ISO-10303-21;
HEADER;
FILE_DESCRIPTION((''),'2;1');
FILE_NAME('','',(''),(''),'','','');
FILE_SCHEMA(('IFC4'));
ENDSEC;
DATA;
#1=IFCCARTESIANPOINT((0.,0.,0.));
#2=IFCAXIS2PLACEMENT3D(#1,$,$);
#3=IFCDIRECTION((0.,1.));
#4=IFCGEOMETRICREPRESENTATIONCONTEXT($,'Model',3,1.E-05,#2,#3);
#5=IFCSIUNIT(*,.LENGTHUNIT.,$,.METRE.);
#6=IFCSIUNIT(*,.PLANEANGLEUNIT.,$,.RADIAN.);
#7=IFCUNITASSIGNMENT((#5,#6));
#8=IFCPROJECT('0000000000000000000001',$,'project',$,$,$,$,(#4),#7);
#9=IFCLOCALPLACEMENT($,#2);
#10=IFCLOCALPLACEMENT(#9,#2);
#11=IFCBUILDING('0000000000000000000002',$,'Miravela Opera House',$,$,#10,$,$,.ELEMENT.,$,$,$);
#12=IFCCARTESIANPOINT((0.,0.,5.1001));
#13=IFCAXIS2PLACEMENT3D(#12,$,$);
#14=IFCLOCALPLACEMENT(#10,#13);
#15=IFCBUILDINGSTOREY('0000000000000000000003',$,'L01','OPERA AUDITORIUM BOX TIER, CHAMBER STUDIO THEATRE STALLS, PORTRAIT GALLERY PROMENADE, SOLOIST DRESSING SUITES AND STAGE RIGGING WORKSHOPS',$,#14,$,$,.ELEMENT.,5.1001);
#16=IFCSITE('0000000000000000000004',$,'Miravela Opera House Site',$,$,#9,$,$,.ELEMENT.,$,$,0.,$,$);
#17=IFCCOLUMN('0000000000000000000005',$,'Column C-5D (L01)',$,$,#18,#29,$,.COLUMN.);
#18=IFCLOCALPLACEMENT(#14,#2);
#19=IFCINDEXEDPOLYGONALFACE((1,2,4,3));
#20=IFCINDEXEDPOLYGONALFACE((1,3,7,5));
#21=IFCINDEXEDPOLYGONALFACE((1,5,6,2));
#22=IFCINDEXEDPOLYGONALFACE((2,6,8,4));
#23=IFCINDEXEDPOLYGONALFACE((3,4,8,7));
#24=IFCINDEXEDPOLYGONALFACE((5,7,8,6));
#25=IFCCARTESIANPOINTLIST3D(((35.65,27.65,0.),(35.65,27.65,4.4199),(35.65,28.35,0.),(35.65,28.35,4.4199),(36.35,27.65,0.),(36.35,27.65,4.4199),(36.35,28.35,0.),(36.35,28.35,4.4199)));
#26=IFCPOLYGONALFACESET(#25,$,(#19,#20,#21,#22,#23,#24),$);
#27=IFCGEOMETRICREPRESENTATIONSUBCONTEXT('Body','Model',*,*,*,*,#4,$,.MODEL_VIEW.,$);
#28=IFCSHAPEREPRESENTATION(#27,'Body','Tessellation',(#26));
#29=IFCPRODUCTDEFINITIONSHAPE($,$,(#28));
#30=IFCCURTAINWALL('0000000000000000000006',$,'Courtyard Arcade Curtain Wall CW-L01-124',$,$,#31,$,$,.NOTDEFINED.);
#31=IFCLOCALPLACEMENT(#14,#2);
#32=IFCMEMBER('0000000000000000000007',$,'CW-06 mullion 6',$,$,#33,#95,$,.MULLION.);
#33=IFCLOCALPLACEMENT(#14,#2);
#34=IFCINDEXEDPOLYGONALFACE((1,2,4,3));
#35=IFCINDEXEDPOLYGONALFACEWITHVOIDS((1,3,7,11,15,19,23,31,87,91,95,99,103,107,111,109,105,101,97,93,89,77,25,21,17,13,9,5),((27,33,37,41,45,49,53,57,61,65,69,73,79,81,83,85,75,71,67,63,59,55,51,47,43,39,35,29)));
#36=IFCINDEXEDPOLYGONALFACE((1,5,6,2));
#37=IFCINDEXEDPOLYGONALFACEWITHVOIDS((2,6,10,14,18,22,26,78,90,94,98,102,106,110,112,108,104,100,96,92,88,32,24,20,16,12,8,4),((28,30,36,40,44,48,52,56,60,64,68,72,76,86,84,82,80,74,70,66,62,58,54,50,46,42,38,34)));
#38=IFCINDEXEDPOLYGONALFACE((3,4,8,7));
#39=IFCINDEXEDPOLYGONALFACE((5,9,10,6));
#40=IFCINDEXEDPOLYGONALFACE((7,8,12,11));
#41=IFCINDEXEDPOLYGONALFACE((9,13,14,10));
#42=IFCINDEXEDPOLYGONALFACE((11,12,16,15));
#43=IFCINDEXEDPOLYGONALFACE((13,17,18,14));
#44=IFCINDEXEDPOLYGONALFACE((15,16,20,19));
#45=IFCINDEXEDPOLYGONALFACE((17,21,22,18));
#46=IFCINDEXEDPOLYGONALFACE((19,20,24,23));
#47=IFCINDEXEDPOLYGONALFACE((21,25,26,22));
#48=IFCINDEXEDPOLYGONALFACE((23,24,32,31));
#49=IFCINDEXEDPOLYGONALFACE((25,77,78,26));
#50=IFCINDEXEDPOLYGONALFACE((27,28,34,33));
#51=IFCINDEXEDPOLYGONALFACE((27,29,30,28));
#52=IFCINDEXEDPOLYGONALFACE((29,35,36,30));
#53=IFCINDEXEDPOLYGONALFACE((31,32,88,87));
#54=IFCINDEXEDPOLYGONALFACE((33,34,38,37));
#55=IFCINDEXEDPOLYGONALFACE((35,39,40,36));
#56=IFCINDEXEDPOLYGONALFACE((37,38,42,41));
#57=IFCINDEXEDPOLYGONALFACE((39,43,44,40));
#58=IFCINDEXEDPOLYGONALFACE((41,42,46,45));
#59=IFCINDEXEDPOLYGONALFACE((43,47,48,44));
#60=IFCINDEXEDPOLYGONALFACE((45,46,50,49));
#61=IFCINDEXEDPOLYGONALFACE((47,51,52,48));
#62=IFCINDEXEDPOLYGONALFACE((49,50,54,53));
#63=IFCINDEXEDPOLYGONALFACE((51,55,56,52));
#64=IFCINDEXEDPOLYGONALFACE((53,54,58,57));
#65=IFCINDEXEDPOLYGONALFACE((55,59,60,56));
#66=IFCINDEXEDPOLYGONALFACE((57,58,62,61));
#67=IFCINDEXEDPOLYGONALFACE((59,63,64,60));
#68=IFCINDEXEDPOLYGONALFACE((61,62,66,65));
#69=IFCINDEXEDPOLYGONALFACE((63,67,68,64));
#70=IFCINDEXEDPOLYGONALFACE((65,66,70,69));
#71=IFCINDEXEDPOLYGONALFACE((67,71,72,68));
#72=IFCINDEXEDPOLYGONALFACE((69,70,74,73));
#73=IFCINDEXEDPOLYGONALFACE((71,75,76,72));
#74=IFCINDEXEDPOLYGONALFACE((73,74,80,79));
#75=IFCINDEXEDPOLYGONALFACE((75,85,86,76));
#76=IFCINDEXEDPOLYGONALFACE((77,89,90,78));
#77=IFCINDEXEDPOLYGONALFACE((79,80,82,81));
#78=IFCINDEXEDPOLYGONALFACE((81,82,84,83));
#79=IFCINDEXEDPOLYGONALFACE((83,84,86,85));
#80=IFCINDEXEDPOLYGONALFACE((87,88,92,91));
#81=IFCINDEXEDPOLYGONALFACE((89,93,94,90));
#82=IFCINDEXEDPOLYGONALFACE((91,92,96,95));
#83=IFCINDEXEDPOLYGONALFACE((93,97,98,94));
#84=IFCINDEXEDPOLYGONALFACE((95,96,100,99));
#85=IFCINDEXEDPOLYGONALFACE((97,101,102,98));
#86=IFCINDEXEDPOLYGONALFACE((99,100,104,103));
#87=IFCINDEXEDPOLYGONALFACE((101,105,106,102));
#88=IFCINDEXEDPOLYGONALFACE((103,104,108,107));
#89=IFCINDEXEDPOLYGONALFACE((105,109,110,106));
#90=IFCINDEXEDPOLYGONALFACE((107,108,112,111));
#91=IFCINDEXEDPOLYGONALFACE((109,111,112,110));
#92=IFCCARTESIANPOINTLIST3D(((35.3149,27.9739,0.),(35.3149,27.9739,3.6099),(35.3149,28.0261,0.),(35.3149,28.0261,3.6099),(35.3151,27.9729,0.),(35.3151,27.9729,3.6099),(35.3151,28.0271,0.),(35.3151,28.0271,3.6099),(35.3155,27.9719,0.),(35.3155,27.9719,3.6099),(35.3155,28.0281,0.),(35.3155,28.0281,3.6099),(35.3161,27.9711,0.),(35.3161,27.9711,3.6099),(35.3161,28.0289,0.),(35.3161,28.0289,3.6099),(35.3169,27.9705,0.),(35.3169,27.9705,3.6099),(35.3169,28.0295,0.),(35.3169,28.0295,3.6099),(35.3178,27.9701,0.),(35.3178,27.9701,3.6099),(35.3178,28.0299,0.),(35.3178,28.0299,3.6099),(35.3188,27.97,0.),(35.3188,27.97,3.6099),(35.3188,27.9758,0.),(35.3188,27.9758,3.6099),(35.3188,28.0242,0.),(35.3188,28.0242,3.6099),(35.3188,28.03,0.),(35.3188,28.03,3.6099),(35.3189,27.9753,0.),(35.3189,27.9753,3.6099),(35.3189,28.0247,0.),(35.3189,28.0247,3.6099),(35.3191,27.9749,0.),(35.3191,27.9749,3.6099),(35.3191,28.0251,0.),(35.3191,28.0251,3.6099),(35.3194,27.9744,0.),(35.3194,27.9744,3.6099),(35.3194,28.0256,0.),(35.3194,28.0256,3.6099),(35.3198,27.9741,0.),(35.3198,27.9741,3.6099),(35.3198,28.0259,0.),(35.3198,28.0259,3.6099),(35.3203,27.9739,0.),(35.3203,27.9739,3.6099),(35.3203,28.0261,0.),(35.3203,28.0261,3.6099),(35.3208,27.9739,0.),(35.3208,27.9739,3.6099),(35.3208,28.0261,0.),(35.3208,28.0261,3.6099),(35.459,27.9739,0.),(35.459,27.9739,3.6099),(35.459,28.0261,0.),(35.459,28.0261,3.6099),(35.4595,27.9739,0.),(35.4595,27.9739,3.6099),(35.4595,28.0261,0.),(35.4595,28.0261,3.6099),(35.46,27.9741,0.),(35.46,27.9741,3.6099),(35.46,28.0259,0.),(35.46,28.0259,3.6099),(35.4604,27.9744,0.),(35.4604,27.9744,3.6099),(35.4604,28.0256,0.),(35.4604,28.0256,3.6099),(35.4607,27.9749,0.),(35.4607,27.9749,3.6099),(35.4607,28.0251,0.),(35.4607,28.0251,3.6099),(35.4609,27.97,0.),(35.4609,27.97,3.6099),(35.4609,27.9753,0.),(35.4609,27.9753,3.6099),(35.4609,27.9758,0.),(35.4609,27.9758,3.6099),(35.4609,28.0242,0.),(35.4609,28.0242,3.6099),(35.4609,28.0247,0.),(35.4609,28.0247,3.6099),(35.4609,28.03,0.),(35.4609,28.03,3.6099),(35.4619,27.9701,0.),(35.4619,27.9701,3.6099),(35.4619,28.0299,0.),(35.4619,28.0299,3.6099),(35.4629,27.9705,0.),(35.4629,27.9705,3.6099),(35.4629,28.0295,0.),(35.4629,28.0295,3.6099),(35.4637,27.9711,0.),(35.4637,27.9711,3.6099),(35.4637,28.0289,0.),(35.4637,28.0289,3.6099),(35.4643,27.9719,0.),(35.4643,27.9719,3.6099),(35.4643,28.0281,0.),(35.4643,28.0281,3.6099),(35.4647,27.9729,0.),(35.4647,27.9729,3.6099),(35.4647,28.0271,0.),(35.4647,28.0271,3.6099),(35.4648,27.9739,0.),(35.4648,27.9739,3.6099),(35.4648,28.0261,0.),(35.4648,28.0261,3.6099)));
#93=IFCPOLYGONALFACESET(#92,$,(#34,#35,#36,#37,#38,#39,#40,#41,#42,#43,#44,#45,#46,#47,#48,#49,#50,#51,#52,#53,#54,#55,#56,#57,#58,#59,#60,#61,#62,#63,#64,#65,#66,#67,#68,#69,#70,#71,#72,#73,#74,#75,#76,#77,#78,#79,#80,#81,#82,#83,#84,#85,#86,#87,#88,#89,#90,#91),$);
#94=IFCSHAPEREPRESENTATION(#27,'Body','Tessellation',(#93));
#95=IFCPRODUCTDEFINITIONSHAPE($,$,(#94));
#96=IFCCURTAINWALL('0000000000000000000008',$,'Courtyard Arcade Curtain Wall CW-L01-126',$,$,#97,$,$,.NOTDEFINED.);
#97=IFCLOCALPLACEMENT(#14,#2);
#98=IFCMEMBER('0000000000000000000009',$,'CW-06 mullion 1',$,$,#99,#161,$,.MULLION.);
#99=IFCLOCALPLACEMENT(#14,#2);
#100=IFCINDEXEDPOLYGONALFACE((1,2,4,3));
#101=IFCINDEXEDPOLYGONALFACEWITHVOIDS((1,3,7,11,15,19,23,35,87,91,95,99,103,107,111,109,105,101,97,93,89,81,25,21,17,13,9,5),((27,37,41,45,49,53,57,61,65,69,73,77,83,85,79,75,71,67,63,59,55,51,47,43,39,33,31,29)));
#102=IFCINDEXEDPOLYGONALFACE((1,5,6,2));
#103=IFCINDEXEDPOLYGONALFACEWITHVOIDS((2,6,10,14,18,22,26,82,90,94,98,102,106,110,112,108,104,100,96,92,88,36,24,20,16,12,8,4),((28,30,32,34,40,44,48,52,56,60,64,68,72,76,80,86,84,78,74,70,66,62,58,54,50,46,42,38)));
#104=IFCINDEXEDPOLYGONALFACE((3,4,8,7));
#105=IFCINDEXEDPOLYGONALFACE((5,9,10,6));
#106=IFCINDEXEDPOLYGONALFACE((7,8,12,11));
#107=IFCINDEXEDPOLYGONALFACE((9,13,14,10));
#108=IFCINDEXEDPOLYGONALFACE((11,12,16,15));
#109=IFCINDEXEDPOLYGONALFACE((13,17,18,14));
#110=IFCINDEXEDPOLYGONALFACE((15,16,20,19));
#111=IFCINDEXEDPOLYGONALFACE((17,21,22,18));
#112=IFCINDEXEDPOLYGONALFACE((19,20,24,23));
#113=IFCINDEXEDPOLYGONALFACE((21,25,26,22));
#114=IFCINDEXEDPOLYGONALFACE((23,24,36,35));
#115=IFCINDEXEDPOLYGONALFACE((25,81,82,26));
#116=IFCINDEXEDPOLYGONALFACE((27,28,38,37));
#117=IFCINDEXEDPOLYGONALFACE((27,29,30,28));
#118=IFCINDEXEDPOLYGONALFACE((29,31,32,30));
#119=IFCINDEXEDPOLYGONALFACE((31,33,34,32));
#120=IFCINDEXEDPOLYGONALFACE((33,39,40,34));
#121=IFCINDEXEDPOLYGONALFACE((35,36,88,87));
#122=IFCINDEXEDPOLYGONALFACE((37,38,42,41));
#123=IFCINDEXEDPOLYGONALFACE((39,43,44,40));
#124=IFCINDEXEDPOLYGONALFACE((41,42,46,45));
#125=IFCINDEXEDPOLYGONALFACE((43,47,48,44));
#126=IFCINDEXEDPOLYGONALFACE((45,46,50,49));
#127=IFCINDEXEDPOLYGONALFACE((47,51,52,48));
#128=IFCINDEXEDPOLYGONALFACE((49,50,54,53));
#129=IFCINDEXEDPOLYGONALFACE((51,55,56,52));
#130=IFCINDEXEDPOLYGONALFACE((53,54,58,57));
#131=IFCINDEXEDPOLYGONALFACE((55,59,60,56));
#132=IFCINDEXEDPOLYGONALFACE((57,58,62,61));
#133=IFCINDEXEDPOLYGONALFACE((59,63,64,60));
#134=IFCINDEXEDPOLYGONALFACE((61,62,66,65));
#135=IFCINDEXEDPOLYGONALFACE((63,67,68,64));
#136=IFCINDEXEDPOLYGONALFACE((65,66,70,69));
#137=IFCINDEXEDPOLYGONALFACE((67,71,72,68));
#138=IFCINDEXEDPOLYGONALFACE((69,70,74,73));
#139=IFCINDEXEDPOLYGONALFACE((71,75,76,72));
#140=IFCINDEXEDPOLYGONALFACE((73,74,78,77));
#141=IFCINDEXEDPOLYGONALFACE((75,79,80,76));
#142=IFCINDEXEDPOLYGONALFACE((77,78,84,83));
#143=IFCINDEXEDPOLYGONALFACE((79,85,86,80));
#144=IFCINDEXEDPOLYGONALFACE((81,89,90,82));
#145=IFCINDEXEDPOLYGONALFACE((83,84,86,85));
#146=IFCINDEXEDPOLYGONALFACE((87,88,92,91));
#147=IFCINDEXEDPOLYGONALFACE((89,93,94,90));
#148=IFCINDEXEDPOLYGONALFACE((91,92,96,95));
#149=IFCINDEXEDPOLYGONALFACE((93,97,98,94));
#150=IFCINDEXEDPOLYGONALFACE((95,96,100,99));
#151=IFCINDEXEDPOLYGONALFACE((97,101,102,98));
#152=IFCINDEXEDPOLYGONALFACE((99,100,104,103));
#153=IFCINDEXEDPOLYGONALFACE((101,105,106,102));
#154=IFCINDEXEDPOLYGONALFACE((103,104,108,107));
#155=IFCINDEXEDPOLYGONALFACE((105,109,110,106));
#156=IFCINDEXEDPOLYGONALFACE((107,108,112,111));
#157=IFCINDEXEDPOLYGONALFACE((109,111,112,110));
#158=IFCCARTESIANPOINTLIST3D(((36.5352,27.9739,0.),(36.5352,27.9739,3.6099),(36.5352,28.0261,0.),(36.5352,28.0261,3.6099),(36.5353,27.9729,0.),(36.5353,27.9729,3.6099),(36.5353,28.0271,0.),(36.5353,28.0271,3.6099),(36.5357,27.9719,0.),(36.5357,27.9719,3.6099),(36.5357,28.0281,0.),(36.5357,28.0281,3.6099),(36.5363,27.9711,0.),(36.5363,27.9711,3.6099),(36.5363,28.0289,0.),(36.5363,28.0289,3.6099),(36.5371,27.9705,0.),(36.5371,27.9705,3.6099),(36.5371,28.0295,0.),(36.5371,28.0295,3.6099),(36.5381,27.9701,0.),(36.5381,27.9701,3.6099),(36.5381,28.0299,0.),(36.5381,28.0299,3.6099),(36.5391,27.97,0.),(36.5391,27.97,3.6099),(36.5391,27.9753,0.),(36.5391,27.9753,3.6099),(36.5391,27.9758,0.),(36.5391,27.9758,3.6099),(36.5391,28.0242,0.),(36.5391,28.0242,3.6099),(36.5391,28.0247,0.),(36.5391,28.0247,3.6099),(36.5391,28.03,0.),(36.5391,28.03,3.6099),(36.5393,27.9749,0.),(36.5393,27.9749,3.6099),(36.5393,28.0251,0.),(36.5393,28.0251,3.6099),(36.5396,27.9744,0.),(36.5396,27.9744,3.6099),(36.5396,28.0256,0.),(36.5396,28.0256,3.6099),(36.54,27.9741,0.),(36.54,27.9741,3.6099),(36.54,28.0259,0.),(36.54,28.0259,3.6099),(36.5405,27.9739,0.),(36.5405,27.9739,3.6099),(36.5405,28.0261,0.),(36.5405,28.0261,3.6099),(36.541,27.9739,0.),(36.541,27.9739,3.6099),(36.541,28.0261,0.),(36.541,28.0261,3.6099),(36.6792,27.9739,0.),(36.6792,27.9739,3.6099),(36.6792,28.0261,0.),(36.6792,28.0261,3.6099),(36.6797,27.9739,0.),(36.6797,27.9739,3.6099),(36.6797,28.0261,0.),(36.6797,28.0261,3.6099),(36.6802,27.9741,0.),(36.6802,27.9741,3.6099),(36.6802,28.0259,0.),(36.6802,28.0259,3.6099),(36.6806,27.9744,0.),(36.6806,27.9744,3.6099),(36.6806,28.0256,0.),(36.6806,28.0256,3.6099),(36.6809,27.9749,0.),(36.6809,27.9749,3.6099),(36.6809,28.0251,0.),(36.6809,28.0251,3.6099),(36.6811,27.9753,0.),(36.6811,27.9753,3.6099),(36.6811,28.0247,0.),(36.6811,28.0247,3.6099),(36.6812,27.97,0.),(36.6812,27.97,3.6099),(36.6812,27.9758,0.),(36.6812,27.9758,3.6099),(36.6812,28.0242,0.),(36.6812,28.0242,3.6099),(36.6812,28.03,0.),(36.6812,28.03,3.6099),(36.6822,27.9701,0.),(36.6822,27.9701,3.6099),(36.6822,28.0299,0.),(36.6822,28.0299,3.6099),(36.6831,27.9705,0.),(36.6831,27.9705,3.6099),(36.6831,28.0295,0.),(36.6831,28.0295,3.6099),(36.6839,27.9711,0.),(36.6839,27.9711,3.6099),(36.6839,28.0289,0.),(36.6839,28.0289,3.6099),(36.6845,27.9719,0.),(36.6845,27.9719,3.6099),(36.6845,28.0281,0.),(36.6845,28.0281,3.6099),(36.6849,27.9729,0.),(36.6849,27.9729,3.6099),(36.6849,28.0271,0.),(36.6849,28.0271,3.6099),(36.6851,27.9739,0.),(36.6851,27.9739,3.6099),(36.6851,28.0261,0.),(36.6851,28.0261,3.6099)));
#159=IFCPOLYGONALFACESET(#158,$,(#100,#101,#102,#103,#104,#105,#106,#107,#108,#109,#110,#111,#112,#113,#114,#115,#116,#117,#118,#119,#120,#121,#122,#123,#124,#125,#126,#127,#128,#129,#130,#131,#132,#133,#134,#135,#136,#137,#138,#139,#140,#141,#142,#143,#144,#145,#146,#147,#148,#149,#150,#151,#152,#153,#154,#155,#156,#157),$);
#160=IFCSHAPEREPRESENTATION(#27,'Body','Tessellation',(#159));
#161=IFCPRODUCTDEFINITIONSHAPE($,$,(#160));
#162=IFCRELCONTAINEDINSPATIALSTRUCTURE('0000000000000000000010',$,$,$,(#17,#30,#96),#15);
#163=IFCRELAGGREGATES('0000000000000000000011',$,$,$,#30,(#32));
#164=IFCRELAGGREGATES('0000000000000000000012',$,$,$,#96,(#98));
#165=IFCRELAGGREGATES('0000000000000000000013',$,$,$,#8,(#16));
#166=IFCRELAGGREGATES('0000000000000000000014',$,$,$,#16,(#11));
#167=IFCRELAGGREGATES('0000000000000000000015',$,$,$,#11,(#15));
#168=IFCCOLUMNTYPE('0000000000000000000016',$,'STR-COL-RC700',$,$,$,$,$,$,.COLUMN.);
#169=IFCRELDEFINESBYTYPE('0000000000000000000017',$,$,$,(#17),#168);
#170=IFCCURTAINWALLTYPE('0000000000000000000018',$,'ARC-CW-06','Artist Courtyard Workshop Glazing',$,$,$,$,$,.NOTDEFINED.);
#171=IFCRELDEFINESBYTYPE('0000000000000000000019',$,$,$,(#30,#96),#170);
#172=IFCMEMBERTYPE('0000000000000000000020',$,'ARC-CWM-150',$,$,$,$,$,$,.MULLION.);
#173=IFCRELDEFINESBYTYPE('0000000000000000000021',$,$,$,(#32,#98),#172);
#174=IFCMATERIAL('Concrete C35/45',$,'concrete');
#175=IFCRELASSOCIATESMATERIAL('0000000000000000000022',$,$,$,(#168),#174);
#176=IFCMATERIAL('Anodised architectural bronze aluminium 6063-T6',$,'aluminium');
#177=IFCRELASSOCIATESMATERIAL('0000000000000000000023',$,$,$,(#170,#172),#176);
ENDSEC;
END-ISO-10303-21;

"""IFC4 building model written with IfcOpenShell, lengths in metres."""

from ifc_helpers import new_model, si_unit, direction, frame, origin, origin_2d, place, context, subcontext, project, spatial, rectangle, hollow_rectangle, extrude, material, material_profile, profile_set, type_object, element, aggregate, save


model = new_model("IFC4")

# Units and contexts
model_context = context("Model", 3, precision=1e-05, world=origin(), true_north=direction((0.0, 1.0)))
body_context = subcontext(model_context, "Body", "Model", "MODEL_VIEW")
ifc_project = project(units=[si_unit("LENGTHUNIT", "METRE"), si_unit("PLANEANGLEUNIT", "RADIAN")], contexts=[model_context])

# Site, building, storey
site_placement = place(None, origin())
site = spatial("IfcSite", under=ifc_project, at=site_placement, Name="Miravela Opera House Site", CompositionType="ELEMENT", RefElevation=0.0)
building_placement = place(site_placement, origin())
building = spatial("IfcBuilding", under=site, at=building_placement, Name="Miravela Opera House", CompositionType="ELEMENT")
storey_placement = place(building_placement, frame((0.0, 0.0, 5.1001)))
storey = spatial("IfcBuildingStorey", under=building, at=storey_placement, Name="L01", Description="OPERA AUDITORIUM BOX TIER, CHAMBER STUDIO THEATRE STALLS, PORTRAIT GALLERY PROMENADE, SOLOIST DRESSING SUITES AND STAGE RIGGING WORKSHOPS", CompositionType="ELEMENT", Elevation=5.1001)

# Column
ifc_material_1 = material(Name="Concrete C35/45", Category="concrete")
ifc_material_profile_1 = material_profile(ifc_material_1, rectangle(XDim=0.7, YDim=0.7, at=origin_2d()), Name="RC-COL-700X700")
ifc_profile_set_1 = profile_set([ifc_material_profile_1])
column_type = type_object("IfcColumnType", Name="STR-COL-RC700", PredefinedType="COLUMN", material=ifc_profile_set_1)
column_placement = place(storey_placement, frame((36.0, 28.0, 0.0), z_axis=(0.0, 0.0, 1.0), x_axis=(1.0, 0.0, 0.0)))
element("IfcColumn", 1, at=column_placement, inside=storey, type_object=column_type, Name="Column C-5D (L01)", PredefinedType="COLUMN", context=body_context, shape_type="SweptSolid", body=[
    extrude(rectangle(XDim=0.7, YDim=0.7, at=origin_2d()), origin(), (0.0, 0.0, 1.0), 4.4199),
])

# Curtain wall, member
ifc_material_2 = material(Name="Anodised architectural bronze aluminium 6063-T6", Category="aluminium")
curtain_wall_type = type_object("IfcCurtainWallType", Name="ARC-CW-06", Description="Artist Courtyard Workshop Glazing", PredefinedType="NOTDEFINED", material=ifc_material_2)
curtain_wall_1_placement = place(storey_placement, origin())
curtain_wall_1 = element("IfcCurtainWall", 2, at=curtain_wall_1_placement, inside=storey, type_object=curtain_wall_type, Name="Courtyard Arcade Curtain Wall CW-L01-124", PredefinedType="NOTDEFINED")
ifc_material_profile_2 = material_profile(ifc_material_2, hollow_rectangle(XDim=0.0601, YDim=0.1499, WallThickness=0.0039, InnerFilletRadius=0.002, OuterFilletRadius=0.0039, at=origin_2d()), Name="CWM-60X150")
ifc_profile_set_2 = profile_set([ifc_material_profile_2])
member_type_1 = type_object("IfcMemberType", Name="ARC-CWM-150", PredefinedType="MULLION", material=ifc_profile_set_2)
member_1_placement = place(storey_placement, frame((35.3899, 28.0, 0.0), z_axis=(0.0, 0.0, 1.0), x_axis=(0.0, 1.0, 0.0)))
member_1 = element("IfcMember", 3, at=member_1_placement, type_object=member_type_1, Name="CW-06 mullion 6", PredefinedType="MULLION", context=body_context, shape_type="SweptSolid", body=[
    extrude(hollow_rectangle(XDim=0.0601, YDim=0.1499, WallThickness=0.0039, InnerFilletRadius=0.002, OuterFilletRadius=0.0039, at=origin_2d()), origin(), (0.0, 0.0, 1.0), 3.6099),
])

# Curtain wall, member
curtain_wall_2_placement = place(storey_placement, origin())
curtain_wall_2 = element("IfcCurtainWall", 4, at=curtain_wall_2_placement, inside=storey, type_object=curtain_wall_type, Name="Courtyard Arcade Curtain Wall CW-L01-126", PredefinedType="NOTDEFINED")
member_2_placement = place(storey_placement, frame((36.6101, 28.0, 0.0), z_axis=(0.0, 0.0, 1.0), x_axis=(0.0, 1.0, 0.0)))
member_2 = element("IfcMember", 5, at=member_2_placement, type_object=member_type_1, Name="CW-06 mullion 1", PredefinedType="MULLION", context=body_context, shape_type="SweptSolid", body=[
    extrude(hollow_rectangle(XDim=0.0601, YDim=0.1499, WallThickness=0.0039, InnerFilletRadius=0.002, OuterFilletRadius=0.0039, at=origin_2d()), origin(), (0.0, 0.0, 1.0), 3.6099),
])

aggregate(curtain_wall_1, [member_1])
aggregate(curtain_wall_2, [member_2])

save(model, "model.ifc")
